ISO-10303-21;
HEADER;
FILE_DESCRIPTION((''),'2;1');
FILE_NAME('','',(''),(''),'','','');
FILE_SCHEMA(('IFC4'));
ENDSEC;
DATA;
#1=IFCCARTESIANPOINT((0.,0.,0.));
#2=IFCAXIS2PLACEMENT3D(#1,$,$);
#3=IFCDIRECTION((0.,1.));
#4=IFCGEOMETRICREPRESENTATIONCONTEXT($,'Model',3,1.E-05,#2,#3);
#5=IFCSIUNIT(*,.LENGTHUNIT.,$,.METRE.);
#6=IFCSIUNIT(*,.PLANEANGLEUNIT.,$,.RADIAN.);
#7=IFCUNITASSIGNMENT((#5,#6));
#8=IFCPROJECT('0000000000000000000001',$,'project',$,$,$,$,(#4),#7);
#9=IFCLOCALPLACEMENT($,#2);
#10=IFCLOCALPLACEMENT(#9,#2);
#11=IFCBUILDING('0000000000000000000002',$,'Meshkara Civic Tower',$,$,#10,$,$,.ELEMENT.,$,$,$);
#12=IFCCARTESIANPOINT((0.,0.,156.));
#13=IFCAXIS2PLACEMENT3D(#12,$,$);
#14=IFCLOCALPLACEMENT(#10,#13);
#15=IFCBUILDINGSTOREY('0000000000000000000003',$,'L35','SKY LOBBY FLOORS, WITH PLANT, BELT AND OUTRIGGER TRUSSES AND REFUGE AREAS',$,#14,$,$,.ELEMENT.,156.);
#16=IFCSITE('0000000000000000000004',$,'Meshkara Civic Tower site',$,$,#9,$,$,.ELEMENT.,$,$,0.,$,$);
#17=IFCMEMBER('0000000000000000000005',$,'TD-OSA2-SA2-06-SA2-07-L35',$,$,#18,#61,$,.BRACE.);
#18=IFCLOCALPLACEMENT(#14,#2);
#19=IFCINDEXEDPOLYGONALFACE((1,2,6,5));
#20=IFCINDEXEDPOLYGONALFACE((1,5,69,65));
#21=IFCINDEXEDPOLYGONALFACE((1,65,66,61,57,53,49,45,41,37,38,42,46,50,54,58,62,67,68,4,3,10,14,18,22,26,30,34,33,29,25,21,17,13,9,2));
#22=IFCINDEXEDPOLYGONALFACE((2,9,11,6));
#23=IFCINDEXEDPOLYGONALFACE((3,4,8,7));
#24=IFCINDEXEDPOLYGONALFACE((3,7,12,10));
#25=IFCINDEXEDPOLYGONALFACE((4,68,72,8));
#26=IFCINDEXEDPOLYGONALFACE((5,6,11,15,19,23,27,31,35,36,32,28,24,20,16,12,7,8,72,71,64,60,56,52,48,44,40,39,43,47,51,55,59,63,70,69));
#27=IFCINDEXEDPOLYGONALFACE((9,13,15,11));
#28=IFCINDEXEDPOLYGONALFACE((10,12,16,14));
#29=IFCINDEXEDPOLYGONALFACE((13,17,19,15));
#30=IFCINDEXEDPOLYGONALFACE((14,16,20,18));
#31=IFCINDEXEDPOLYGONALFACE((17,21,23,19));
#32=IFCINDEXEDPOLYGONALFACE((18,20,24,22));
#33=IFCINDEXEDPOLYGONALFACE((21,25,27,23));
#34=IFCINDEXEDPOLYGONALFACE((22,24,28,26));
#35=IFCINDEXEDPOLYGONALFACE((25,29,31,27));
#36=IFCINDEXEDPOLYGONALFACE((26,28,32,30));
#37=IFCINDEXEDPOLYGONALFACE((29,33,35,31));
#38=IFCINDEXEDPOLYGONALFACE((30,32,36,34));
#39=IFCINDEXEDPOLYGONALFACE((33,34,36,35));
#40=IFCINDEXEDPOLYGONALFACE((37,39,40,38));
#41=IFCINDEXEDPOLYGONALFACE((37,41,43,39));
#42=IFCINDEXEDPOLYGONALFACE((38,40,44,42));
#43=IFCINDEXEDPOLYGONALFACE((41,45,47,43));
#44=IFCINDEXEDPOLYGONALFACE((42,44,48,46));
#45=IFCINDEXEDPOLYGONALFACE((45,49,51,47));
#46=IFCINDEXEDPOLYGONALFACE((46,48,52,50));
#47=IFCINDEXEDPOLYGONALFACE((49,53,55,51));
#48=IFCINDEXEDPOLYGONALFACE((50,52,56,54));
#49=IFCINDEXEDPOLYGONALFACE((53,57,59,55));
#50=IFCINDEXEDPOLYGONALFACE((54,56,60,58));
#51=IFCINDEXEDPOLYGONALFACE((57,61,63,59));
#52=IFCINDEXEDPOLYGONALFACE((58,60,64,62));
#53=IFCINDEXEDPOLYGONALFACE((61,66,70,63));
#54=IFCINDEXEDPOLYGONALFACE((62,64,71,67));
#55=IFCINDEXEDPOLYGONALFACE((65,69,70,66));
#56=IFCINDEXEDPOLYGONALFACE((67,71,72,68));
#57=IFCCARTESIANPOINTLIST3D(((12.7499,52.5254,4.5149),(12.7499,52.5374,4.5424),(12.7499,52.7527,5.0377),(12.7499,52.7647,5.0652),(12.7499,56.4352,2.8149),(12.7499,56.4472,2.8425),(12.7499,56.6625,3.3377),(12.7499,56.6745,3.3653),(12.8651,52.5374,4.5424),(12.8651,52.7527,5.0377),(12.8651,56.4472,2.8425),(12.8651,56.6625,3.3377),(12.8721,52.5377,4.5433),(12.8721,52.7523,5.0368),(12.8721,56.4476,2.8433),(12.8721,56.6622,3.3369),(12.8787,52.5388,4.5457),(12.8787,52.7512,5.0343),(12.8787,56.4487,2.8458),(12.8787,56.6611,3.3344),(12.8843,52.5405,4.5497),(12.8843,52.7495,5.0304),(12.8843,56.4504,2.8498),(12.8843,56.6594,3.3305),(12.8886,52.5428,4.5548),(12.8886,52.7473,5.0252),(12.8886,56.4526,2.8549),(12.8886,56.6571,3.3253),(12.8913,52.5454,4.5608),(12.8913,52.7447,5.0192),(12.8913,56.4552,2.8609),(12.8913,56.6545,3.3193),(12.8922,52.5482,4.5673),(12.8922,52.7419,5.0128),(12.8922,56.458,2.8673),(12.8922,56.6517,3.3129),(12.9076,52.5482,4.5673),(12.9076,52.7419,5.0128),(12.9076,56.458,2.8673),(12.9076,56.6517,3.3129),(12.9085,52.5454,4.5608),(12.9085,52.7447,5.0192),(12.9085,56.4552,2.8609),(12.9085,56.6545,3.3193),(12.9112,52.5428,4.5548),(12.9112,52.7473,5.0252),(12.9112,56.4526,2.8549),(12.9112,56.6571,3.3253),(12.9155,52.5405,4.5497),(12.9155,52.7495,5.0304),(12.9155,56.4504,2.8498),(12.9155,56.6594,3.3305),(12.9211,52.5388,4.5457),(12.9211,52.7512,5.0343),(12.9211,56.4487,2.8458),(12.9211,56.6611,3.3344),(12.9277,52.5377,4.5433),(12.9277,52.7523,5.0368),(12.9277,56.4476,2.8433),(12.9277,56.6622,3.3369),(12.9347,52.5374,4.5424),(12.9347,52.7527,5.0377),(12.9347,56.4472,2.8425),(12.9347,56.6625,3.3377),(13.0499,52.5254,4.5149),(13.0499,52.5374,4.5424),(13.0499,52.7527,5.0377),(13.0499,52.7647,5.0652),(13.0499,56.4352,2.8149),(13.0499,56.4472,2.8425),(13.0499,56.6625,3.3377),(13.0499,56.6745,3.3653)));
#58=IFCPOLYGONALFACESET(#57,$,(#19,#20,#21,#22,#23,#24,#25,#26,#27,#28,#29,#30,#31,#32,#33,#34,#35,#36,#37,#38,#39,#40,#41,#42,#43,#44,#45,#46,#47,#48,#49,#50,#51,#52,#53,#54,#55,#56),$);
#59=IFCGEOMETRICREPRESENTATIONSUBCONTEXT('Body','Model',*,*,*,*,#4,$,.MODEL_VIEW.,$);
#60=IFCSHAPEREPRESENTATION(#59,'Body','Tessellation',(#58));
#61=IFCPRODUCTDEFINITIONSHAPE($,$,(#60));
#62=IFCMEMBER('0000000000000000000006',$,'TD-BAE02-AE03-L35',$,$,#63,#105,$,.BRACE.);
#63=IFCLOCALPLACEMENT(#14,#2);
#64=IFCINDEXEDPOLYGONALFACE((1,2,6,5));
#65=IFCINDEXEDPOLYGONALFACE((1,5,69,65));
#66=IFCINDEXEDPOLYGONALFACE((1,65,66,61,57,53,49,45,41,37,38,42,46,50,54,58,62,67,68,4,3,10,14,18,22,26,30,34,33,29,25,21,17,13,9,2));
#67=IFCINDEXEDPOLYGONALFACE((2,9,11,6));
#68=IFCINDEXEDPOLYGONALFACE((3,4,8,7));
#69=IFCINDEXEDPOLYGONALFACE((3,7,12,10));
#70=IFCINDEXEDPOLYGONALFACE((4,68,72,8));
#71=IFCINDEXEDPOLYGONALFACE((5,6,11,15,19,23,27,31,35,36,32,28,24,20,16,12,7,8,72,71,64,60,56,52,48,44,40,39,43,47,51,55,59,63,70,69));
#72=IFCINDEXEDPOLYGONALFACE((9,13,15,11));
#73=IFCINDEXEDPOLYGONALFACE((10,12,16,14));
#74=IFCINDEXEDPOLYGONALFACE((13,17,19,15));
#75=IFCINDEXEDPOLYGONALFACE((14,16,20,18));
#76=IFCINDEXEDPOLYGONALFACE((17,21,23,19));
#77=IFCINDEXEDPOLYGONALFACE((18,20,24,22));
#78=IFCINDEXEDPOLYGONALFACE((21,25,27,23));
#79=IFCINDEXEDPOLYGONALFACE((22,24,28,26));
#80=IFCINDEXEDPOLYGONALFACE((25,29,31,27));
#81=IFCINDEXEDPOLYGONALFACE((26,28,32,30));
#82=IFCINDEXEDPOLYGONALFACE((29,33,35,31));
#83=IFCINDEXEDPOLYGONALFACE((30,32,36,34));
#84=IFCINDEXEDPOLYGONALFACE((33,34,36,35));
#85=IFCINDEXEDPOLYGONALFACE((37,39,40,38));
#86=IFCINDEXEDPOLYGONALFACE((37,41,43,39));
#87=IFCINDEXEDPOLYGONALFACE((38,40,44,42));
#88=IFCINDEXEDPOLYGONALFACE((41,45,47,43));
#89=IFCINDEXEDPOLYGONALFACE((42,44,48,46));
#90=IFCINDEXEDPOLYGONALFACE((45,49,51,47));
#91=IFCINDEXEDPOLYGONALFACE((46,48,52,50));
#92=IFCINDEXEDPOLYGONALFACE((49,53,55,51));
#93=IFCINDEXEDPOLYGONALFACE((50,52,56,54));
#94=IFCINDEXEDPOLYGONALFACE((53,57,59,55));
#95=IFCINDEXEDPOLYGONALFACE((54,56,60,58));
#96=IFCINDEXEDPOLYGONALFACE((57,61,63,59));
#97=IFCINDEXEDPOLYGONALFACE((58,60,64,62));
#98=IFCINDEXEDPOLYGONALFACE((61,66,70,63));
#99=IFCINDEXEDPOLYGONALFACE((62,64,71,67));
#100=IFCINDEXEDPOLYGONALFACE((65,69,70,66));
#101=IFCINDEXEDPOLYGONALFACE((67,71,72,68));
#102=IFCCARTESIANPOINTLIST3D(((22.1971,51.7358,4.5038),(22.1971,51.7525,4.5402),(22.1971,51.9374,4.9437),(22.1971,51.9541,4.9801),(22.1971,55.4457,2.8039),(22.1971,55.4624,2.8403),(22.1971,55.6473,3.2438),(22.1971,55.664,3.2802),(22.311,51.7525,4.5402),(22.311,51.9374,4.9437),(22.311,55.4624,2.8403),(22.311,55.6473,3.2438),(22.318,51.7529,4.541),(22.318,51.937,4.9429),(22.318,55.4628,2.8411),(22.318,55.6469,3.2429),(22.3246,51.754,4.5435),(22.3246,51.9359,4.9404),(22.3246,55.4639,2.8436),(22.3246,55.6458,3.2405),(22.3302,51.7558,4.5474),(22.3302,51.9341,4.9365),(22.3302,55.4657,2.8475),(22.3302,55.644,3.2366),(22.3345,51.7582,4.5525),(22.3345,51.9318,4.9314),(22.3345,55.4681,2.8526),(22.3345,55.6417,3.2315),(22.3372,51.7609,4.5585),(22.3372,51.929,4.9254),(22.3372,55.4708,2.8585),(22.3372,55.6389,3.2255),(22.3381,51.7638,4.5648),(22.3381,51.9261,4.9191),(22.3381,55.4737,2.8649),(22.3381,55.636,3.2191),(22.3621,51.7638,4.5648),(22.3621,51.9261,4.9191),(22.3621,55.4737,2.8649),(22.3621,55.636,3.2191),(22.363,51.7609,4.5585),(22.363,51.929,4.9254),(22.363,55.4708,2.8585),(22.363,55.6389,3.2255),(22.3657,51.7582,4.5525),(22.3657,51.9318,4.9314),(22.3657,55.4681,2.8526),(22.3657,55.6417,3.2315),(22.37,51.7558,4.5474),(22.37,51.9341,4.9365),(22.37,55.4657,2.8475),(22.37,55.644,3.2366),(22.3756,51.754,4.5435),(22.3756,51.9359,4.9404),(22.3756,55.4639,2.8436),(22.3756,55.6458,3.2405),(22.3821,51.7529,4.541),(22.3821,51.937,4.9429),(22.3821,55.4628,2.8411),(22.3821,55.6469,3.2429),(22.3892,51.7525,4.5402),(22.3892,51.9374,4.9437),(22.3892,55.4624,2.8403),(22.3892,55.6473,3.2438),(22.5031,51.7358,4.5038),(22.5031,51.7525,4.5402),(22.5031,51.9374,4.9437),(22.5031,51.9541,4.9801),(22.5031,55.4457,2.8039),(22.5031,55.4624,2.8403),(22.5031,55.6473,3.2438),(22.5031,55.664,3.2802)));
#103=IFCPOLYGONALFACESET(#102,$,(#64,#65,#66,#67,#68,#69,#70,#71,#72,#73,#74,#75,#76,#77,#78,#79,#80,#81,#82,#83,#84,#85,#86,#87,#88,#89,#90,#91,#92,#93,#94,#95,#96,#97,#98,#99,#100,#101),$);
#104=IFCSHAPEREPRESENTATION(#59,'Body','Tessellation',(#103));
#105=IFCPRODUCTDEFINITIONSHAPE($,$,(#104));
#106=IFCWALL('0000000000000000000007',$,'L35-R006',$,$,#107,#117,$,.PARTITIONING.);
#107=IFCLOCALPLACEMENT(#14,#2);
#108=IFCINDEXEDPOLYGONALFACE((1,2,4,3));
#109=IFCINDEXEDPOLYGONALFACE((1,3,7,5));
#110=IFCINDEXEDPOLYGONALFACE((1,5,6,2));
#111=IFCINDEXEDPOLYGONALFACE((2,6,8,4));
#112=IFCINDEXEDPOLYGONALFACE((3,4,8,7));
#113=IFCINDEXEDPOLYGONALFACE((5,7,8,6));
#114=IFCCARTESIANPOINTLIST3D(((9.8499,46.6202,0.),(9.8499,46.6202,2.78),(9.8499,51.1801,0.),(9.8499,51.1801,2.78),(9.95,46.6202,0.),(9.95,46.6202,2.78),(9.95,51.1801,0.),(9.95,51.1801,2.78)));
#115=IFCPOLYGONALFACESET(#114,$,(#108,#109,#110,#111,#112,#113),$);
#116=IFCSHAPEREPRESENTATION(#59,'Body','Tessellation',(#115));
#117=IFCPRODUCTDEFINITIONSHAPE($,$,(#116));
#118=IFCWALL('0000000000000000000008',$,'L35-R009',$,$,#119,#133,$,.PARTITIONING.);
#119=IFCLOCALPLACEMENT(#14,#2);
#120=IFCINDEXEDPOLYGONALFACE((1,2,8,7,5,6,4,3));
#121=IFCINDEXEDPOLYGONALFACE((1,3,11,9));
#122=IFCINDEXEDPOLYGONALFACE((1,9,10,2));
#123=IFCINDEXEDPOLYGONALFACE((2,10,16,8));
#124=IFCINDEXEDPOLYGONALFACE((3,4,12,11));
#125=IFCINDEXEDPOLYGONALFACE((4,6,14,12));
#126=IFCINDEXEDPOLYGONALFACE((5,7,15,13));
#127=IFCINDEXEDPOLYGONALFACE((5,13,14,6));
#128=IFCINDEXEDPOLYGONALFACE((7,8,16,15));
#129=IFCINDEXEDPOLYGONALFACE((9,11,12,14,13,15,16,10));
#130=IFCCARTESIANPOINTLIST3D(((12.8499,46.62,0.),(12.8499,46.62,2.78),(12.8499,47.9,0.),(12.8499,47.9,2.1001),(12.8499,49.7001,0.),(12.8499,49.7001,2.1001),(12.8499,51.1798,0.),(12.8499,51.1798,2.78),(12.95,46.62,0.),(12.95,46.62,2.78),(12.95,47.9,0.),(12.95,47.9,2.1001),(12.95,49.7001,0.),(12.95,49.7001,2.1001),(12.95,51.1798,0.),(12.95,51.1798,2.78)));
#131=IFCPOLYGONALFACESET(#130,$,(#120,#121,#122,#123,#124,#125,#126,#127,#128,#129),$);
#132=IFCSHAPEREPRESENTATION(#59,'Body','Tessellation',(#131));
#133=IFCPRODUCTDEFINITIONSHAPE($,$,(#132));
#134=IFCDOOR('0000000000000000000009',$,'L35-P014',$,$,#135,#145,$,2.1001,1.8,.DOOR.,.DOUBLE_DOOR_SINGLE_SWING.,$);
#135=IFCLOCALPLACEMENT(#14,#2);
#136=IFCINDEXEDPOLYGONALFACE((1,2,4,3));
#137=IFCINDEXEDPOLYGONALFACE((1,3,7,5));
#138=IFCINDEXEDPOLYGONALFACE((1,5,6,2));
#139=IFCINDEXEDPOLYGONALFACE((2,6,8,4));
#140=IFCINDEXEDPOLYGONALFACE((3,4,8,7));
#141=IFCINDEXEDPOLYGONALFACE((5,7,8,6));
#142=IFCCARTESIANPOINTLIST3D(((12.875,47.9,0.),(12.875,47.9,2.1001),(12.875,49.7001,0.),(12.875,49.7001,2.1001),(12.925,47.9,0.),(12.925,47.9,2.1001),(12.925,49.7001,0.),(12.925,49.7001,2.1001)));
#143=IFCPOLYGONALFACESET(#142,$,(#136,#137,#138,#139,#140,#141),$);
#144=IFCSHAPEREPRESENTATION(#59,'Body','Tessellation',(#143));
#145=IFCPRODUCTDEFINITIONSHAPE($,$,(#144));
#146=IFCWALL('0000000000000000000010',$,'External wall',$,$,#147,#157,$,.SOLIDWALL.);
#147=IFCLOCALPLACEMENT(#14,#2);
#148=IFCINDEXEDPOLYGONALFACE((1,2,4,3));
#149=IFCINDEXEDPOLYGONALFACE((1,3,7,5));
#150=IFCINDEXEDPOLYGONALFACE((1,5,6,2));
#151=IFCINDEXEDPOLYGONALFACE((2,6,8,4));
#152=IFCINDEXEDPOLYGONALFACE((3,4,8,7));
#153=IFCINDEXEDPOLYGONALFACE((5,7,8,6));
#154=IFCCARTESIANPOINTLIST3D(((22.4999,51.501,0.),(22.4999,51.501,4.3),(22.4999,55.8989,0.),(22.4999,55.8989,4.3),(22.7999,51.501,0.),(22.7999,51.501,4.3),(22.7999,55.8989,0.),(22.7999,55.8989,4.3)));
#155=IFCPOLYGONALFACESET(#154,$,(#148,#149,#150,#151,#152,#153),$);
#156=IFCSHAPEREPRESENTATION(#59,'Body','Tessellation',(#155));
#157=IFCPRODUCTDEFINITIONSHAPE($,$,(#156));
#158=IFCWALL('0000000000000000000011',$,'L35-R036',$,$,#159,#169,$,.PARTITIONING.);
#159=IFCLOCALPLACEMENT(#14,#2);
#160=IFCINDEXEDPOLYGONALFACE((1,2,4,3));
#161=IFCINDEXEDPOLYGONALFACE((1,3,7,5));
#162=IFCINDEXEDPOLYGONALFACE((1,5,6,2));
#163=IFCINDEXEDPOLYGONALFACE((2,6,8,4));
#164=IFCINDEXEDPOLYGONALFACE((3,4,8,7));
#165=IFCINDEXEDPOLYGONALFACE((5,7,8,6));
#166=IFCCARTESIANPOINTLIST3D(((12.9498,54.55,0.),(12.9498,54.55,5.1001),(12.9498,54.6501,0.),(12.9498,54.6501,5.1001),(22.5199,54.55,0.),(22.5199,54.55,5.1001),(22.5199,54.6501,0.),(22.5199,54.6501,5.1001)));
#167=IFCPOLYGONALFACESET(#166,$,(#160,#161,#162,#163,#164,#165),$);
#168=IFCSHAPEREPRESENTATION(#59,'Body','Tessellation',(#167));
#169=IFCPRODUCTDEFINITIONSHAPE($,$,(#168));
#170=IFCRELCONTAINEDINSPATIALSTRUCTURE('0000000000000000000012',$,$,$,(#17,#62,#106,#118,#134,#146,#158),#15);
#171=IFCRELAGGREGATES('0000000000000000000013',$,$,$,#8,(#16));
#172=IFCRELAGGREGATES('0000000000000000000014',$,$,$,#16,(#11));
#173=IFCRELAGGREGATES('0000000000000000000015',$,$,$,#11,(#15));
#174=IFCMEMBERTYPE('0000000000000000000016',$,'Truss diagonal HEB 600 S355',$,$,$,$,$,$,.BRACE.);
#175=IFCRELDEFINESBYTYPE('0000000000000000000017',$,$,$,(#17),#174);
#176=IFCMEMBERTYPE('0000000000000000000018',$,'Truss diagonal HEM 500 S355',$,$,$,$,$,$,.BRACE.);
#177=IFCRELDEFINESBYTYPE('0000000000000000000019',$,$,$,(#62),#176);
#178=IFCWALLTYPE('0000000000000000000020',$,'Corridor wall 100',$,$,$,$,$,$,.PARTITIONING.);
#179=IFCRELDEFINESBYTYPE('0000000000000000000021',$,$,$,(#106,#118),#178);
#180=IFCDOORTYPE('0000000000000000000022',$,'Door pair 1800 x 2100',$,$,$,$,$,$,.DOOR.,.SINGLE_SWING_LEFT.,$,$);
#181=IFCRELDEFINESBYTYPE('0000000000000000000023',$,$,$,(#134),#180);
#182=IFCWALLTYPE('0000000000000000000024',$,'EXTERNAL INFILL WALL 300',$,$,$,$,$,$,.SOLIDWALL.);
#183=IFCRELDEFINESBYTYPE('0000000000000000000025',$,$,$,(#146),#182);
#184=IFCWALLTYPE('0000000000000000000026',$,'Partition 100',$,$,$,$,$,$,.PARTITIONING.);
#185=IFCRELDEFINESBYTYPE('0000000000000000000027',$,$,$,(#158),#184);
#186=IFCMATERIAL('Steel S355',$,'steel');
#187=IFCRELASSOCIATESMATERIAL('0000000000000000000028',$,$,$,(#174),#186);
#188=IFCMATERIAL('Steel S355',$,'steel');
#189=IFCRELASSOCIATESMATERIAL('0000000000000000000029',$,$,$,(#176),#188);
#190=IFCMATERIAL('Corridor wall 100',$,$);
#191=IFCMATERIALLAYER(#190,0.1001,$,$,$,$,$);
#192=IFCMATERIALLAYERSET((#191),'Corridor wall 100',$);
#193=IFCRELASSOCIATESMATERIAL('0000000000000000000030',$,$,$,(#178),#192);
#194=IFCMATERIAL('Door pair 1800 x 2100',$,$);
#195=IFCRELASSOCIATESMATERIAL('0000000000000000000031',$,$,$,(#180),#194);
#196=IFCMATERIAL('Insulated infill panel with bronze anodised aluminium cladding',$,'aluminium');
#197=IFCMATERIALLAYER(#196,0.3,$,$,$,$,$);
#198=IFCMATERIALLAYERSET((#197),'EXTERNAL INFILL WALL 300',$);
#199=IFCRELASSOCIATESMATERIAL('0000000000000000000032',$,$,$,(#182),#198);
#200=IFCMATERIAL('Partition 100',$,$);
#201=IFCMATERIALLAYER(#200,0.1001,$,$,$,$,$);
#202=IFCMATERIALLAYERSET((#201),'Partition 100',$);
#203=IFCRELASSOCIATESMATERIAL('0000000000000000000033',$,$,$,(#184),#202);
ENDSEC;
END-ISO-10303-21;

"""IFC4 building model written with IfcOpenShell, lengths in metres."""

from ifc_helpers import new_model, si_unit, direction, frame, frame_2d, origin, origin_2d, place, context, subcontext, project, spatial, rectangle, i_section, extrude, material, layer, layer_set, material_profile, profile_set, type_object, element, fill, save


model = new_model("IFC4")

# Units and contexts
model_context = context("Model", 3, precision=1e-05, world=origin(), true_north=direction((0.0, 1.0)))
body_context = subcontext(model_context, "Body", "Model", "MODEL_VIEW")
ifc_project = project(units=[si_unit("LENGTHUNIT", "METRE"), si_unit("PLANEANGLEUNIT", "RADIAN")], contexts=[model_context])

# Site, building, storey
site_placement = place(None, origin())
site = spatial("IfcSite", under=ifc_project, at=site_placement, Name="Meshkara Civic Tower site", CompositionType="ELEMENT", RefElevation=0.0)
building_placement = place(site_placement, origin())
building = spatial("IfcBuilding", under=site, at=building_placement, Name="Meshkara Civic Tower", CompositionType="ELEMENT")
storey_placement = place(building_placement, frame((0.0, 0.0, 156.0)))
storey = spatial("IfcBuildingStorey", under=building, at=storey_placement, Name="L35", Description="SKY LOBBY FLOORS, WITH PLANT, BELT AND OUTRIGGER TRUSSES AND REFUGE AREAS", CompositionType="ELEMENT", Elevation=156.0)

# Members
ifc_material_1 = material(Name="Steel S355", Category="steel")
ifc_material_profile_1 = material_profile(ifc_material_1, i_section(OverallWidth=0.3, OverallDepth=0.6001, WebThickness=0.0154, FlangeThickness=0.03, FilletRadius=0.0271, at=origin_2d()))
ifc_profile_set_1 = profile_set([ifc_material_profile_1], Name="Steel S355")
member_type_1 = type_object("IfcMemberType", Name="Truss diagonal HEB 600 S355", PredefinedType="BRACE", material=ifc_profile_set_1)
for number, where, z_axis, x_axis, name in (
    (1, (12.8999, 52.645, 4.79), (0.0, 0.917071, -0.398724), (-1.0, 0.0, 0.0), "TD-OSA2-SA2-06-SA2-07-L35"),
):
    element("IfcMember", number, at=place(storey_placement, frame(where, z_axis=z_axis, x_axis=x_axis)), inside=storey, type_object=member_type_1, Name=name, PredefinedType="BRACE", context=body_context, shape_type="SweptSolid", body=[
        extrude(i_section(OverallWidth=0.3, OverallDepth=0.6001, WebThickness=0.0154, FlangeThickness=0.03, FilletRadius=0.0271, at=origin_2d()), origin(), (0.0, 0.0, 1.0), 4.2634),
    ])
ifc_material_2 = material(Name="Steel S355", Category="steel")
ifc_material_profile_2 = material_profile(ifc_material_2, i_section(OverallWidth=0.3059, OverallDepth=0.5239, WebThickness=0.0239, FlangeThickness=0.04, FilletRadius=0.0271, at=origin_2d()))
ifc_profile_set_2 = profile_set([ifc_material_profile_2], Name="Steel S355")
member_type_2 = type_object("IfcMemberType", Name="Truss diagonal HEM 500 S355", PredefinedType="BRACE", material=ifc_profile_set_2)
member_placement = place(storey_placement, frame((22.3501, 51.845, 4.7419), z_axis=(0.0, 0.909106, -0.416564), x_axis=(-1.0, 0.0, 0.0)))
element("IfcMember", 2, at=member_placement, inside=storey, type_object=member_type_2, Name="TD-BAE02-AE03-L35", PredefinedType="BRACE", context=body_context, shape_type="SweptSolid", body=[
    extrude(i_section(OverallWidth=0.3059, OverallDepth=0.5239, WebThickness=0.0239, FlangeThickness=0.04, FilletRadius=0.0271, at=origin_2d()), origin(), (0.0, 0.0, 1.0), 4.0808),
])

# Wall
ifc_material_3 = material(Name="Corridor wall 100")
ifc_layer_1 = layer(ifc_material_3, 0.1001)
ifc_layer_set_1 = layer_set([ifc_layer_1], Name="Corridor wall 100")
wall_type_1 = type_object("IfcWallType", Name="Corridor wall 100", PredefinedType="PARTITIONING", material=ifc_layer_set_1)
wall_1_placement = place(storey_placement, frame((9.8999, 51.1799, 0.0), z_axis=(0.0, 0.0, 1.0), x_axis=(0.0, -1.0, 0.0)))
element("IfcWall", 3, at=wall_1_placement, inside=storey, type_object=wall_type_1, Name="L35-R006", PredefinedType="PARTITIONING", context=body_context, shape_type="SweptSolid", body=[
    extrude(rectangle(XDim=4.5598, YDim=0.1001, at=frame_2d((2.2798, 0.0))), origin(), (0.0, 0.0, 1.0), 2.78),
])

# Wall, opening, door
wall_2_placement = place(storey_placement, frame((12.8999, 46.6201, 0.0), z_axis=(0.0, 0.0, 1.0), x_axis=(0.0, 1.0, 0.0)))
wall_2 = element("IfcWall", 4, at=wall_2_placement, inside=storey, type_object=wall_type_1, Name="L35-R009", PredefinedType="PARTITIONING", context=body_context, shape_type="SweptSolid", body=[
    extrude(rectangle(XDim=4.5598, YDim=0.1001, at=frame_2d((2.2798, 0.0))), origin(), (0.0, 0.0, 1.0), 2.78),
])
opening_placement = place(wall_2_placement, frame((1.28, 0.0, 0.0)))
opening = element("IfcOpeningElement", 5, at=opening_placement, cuts=wall_2, PredefinedType="OPENING", context=body_context, shape_type="SweptSolid", body=[
    extrude(rectangle(XDim=1.8, YDim=2.1001, at=frame_2d((0.8999, 1.05))), frame((0.0, 0.0601, 0.0), z_axis=(0.0, -1.0, 0.0), x_axis=(1.0, 0.0, 0.0)), (0.0, 0.0, 1.0), 0.1201),
])
ifc_material_4 = material(Name="Door pair 1800 x 2100")
door_type = type_object("IfcDoorType", Name="Door pair 1800 x 2100", OperationType="SINGLE_SWING_LEFT", PredefinedType="DOOR", material=ifc_material_4)
door_placement = place(opening_placement, origin())
door = element("IfcDoor", 6, at=door_placement, inside=storey, type_object=door_type, Name="L35-P014", OperationType="DOUBLE_DOOR_SINGLE_SWING", OverallHeight=2.1001, OverallWidth=1.8, PredefinedType="DOOR", context=body_context, shape_type="SweptSolid", body=[
    extrude(rectangle(XDim=1.8, YDim=2.1001, at=frame_2d((0.8999, 1.05))), frame((0.0, 0.0249, 0.0), z_axis=(0.0, -1.0, 0.0), x_axis=(1.0, 0.0, 0.0)), (0.0, 0.0, 1.0), 0.05),
])
fill(opening, door)

# Walls
ifc_material_5 = material(Name="Insulated infill panel with bronze anodised aluminium cladding", Category="aluminium")
ifc_layer_2 = layer(ifc_material_5, 0.3)
ifc_layer_set_2 = layer_set([ifc_layer_2], Name="EXTERNAL INFILL WALL 300")
wall_type_2 = type_object("IfcWallType", Name="EXTERNAL INFILL WALL 300", PredefinedType="SOLIDWALL", material=ifc_layer_set_2)
wall_3_placement = place(storey_placement, frame((22.6499, 51.501, 0.0), z_axis=(0.0, 0.0, 1.0), x_axis=(0.0, 1.0, 0.0)))
element("IfcWall", 7, at=wall_3_placement, inside=storey, type_object=wall_type_2, Name="External wall", PredefinedType="SOLIDWALL", context=body_context, shape_type="SweptSolid", body=[
    extrude(rectangle(XDim=4.3979, YDim=0.3, at=frame_2d((2.199, 0.0))), origin(), (0.0, 0.0, 1.0), 4.3),
])
ifc_material_6 = material(Name="Partition 100")
ifc_layer_3 = layer(ifc_material_6, 0.1001)
ifc_layer_set_3 = layer_set([ifc_layer_3], Name="Partition 100")
wall_type_3 = type_object("IfcWallType", Name="Partition 100", PredefinedType="PARTITIONING", material=ifc_layer_set_3)
wall_4_placement = place(storey_placement, frame((22.52, 54.6001, 0.0), z_axis=(0.0, 0.0, 1.0), x_axis=(-1.0, 0.0, 0.0)))
element("IfcWall", 8, at=wall_4_placement, inside=storey, type_object=wall_type_3, Name="L35-R036", PredefinedType="PARTITIONING", context=body_context, shape_type="SweptSolid", body=[
    extrude(rectangle(XDim=9.5701, YDim=0.1001, at=frame_2d((4.7852, 0.0))), origin(), (0.0, 0.0, 1.0), 5.1001),
])

save(model, "model.ifc")
